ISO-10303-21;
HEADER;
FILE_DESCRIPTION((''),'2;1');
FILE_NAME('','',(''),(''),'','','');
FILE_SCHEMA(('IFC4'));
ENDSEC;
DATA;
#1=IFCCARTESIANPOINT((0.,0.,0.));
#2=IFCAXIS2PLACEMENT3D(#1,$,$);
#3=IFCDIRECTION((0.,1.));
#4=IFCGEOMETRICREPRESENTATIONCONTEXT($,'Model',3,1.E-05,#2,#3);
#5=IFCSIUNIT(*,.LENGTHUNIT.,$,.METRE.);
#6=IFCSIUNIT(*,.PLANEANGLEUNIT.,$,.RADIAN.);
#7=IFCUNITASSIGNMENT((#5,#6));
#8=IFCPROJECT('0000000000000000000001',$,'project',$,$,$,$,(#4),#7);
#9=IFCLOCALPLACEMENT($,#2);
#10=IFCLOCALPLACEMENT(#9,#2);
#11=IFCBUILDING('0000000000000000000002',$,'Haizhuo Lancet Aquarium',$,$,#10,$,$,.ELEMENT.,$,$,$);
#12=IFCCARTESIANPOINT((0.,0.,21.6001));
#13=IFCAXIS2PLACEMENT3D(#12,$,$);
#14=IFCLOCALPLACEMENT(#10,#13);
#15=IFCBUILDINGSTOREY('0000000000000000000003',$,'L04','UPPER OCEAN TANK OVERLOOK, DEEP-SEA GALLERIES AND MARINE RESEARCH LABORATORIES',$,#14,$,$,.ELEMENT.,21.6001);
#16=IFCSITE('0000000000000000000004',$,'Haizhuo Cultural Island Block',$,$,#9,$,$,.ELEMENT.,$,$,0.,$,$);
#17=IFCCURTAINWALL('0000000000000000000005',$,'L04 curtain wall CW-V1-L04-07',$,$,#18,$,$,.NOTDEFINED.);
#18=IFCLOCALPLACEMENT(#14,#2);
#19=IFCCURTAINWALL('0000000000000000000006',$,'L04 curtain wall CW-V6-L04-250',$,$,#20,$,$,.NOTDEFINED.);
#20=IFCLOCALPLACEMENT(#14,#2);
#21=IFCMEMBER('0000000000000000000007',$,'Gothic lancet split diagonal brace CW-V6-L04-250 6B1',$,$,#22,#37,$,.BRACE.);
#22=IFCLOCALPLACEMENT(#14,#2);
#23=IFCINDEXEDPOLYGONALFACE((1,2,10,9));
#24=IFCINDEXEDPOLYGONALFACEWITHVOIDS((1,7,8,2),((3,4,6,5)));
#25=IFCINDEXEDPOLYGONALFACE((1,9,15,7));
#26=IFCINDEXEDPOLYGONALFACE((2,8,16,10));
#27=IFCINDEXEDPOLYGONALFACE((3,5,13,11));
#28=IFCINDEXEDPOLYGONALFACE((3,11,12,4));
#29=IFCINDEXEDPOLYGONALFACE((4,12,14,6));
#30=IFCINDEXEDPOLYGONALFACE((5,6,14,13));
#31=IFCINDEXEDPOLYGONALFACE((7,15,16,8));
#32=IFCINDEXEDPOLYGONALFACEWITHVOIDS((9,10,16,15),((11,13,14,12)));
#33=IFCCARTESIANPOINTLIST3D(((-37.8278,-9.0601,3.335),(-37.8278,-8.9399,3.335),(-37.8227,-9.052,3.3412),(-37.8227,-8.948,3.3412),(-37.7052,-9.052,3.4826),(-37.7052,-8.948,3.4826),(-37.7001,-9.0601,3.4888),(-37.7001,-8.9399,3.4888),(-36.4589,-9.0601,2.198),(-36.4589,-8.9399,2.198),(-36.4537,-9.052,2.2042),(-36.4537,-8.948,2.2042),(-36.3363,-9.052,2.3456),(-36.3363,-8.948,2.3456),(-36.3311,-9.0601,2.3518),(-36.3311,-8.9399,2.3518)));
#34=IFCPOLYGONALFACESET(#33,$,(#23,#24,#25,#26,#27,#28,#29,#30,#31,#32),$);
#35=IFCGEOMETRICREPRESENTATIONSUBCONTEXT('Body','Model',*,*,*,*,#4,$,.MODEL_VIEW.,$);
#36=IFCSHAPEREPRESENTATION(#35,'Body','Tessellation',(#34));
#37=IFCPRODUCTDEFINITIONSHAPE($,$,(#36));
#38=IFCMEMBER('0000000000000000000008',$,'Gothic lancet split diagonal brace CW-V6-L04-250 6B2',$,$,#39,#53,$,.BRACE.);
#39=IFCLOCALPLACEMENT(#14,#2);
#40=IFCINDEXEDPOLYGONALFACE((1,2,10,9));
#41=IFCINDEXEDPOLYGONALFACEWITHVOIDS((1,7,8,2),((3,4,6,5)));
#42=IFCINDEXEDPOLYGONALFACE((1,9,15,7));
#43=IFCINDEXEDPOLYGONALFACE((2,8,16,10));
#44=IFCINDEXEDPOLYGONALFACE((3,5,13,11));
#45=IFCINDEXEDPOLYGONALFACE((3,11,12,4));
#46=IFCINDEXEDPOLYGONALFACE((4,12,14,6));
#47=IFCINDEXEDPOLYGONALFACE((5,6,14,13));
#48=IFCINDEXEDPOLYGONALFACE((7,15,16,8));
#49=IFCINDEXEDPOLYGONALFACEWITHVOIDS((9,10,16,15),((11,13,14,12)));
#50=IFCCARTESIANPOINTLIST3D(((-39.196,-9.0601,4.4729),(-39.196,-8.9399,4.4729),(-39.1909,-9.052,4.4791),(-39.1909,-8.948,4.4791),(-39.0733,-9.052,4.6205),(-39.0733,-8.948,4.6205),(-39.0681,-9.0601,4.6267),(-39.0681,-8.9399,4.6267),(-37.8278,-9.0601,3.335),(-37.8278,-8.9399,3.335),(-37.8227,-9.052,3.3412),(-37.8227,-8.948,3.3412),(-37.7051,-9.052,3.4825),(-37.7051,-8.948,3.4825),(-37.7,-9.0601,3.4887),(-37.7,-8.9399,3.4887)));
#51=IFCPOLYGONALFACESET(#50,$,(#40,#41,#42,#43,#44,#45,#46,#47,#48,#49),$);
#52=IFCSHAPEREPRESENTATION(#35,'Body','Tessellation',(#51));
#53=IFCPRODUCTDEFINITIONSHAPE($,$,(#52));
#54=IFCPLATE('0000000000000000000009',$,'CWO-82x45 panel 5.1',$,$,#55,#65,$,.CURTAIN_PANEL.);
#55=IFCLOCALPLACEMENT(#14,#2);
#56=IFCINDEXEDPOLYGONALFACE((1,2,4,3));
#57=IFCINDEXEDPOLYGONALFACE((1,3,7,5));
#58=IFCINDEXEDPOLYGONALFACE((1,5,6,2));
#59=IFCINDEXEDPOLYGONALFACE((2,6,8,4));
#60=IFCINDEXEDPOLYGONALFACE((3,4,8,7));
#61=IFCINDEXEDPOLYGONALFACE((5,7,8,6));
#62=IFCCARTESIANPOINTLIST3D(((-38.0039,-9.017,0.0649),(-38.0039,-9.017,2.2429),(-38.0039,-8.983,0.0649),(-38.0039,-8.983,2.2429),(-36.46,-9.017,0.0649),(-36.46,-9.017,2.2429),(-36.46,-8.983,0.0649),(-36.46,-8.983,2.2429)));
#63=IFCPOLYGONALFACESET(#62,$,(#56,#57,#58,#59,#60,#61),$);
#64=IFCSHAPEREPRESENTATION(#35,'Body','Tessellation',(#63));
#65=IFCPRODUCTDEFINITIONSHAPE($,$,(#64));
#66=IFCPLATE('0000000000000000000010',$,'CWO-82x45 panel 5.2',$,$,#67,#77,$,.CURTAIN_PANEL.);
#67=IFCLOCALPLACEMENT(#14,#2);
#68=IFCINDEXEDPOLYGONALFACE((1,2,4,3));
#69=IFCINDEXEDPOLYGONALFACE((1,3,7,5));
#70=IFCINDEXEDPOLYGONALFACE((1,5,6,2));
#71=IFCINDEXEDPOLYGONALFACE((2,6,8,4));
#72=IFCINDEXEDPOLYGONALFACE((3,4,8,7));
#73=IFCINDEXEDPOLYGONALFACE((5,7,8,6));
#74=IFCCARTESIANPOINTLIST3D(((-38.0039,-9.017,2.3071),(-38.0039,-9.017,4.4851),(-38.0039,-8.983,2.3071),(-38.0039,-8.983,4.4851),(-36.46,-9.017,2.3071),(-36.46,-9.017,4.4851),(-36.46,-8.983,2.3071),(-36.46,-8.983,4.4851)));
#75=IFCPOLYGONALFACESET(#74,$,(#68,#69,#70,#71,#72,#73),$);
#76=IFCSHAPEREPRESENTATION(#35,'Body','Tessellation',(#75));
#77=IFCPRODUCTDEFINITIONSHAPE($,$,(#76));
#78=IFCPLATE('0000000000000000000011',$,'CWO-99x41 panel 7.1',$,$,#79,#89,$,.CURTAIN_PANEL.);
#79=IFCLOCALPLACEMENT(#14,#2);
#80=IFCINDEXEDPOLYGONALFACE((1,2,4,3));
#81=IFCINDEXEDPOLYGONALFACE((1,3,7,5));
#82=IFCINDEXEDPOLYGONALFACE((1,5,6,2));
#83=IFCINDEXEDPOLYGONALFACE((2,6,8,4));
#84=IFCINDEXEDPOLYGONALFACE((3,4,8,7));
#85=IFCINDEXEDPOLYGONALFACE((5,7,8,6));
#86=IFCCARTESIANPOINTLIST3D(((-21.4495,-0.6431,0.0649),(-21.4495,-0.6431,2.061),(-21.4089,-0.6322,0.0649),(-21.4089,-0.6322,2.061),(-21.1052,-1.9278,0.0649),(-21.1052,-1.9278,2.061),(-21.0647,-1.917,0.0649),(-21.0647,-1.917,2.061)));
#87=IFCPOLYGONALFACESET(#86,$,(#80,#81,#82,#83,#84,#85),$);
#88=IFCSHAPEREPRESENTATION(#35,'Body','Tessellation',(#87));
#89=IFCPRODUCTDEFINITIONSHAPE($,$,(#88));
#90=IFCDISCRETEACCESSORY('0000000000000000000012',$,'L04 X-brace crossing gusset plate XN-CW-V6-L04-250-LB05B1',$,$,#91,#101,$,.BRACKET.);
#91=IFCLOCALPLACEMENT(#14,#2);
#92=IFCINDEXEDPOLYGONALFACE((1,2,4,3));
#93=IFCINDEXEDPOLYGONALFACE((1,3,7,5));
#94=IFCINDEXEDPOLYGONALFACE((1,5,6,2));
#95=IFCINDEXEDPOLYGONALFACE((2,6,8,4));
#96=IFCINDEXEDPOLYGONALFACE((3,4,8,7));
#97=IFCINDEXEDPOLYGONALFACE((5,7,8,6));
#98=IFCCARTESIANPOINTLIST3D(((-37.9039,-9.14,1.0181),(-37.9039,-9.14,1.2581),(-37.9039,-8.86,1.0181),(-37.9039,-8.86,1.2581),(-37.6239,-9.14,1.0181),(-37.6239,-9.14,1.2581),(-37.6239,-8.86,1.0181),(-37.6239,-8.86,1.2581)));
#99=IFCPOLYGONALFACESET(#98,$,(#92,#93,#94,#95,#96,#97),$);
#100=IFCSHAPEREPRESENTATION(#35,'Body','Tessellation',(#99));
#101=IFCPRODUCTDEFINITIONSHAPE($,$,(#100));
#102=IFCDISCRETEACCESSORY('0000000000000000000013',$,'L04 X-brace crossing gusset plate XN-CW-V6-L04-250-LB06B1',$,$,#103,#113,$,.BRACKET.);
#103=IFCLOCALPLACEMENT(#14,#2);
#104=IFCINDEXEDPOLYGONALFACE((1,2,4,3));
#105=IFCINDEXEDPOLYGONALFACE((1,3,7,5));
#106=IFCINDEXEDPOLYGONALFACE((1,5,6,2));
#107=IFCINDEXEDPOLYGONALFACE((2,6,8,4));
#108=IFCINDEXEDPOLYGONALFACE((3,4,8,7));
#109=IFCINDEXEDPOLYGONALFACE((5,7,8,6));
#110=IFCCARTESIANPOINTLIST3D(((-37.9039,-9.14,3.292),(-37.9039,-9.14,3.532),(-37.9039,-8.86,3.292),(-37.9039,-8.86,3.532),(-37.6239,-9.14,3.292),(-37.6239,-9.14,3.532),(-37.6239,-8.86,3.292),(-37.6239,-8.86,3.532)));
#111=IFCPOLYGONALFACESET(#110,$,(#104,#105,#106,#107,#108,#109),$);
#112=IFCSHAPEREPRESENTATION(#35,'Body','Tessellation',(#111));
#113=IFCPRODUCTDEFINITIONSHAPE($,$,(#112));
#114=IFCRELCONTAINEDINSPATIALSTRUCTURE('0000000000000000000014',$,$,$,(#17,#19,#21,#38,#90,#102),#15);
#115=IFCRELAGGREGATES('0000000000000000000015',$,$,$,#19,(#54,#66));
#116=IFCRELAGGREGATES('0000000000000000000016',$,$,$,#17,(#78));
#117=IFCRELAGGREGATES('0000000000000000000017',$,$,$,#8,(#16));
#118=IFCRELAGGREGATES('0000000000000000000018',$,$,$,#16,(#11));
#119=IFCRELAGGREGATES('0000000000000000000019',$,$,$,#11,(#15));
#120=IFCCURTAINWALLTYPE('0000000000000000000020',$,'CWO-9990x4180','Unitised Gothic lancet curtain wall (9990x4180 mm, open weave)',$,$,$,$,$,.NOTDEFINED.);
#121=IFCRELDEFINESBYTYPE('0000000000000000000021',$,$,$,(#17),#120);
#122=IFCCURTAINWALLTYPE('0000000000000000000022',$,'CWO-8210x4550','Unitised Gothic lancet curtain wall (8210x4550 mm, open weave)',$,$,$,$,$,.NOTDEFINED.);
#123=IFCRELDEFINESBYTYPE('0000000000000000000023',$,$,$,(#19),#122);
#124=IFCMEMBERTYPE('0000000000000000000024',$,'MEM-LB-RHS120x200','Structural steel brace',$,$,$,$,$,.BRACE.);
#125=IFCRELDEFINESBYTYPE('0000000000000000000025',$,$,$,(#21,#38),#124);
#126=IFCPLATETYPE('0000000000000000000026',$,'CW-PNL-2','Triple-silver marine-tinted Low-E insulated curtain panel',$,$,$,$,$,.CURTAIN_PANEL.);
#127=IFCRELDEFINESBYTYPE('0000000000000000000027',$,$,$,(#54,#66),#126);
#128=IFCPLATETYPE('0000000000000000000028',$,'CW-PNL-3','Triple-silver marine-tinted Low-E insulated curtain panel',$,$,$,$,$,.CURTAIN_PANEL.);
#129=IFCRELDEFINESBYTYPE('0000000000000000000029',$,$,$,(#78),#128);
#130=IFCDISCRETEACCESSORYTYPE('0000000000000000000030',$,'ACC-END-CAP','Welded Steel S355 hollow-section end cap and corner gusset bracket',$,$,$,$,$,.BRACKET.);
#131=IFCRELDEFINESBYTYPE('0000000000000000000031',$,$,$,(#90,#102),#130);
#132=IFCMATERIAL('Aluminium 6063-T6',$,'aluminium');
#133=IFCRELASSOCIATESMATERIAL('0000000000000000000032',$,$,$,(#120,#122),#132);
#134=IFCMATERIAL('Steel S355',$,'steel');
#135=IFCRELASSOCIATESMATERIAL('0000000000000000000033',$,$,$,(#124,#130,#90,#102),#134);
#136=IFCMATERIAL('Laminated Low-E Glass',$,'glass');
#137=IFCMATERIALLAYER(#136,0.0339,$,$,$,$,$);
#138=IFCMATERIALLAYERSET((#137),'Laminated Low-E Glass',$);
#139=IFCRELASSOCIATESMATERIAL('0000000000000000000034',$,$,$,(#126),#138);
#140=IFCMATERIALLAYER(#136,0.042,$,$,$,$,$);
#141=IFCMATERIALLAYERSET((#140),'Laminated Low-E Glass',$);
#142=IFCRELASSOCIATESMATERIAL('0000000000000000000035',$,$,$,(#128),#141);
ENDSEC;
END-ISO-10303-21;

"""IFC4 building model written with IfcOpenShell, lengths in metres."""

from ifc_helpers import new_model, si_unit, direction, frame, origin, origin_2d, place, context, subcontext, project, spatial, rectangle, hollow_rectangle, extrude, material, layer, layer_set, material_profile, profile_set, type_object, element, aggregate, save


model = new_model("IFC4")

# Units and contexts
model_context = context("Model", 3, precision=1e-05, world=origin(), true_north=direction((0.0, 1.0)))
body_context = subcontext(model_context, "Body", "Model", "MODEL_VIEW")
ifc_project = project(units=[si_unit("LENGTHUNIT", "METRE"), si_unit("PLANEANGLEUNIT", "RADIAN")], contexts=[model_context])

# Site, building, storey
site_placement = place(None, origin())
site = spatial("IfcSite", under=ifc_project, at=site_placement, Name="Haizhuo Cultural Island Block", CompositionType="ELEMENT", RefElevation=0.0)
building_placement = place(site_placement, origin())
building = spatial("IfcBuilding", under=site, at=building_placement, Name="Haizhuo Lancet Aquarium", CompositionType="ELEMENT")
storey_placement = place(building_placement, frame((0.0, 0.0, 21.6001)))
storey = spatial("IfcBuildingStorey", under=building, at=storey_placement, Name="L04", Description="UPPER OCEAN TANK OVERLOOK, DEEP-SEA GALLERIES AND MARINE RESEARCH LABORATORIES", CompositionType="ELEMENT", Elevation=21.6001)

# Curtain wall
ifc_material_1 = material(Name="Aluminium 6063-T6", Category="aluminium")
curtain_wall_type_1 = type_object("IfcCurtainWallType", Name="CWO-9990x4180", Description="Unitised Gothic lancet curtain wall (9990x4180 mm, open weave)", PredefinedType="NOTDEFINED", material=ifc_material_1)
curtain_wall_1_placement = place(storey_placement, origin())
curtain_wall_1 = element("IfcCurtainWall", 1, at=curtain_wall_1_placement, inside=storey, type_object=curtain_wall_type_1, Name="L04 curtain wall CW-V1-L04-07", PredefinedType="NOTDEFINED")

# Curtain wall
curtain_wall_type_2 = type_object("IfcCurtainWallType", Name="CWO-8210x4550", Description="Unitised Gothic lancet curtain wall (8210x4550 mm, open weave)", PredefinedType="NOTDEFINED", material=ifc_material_1)
curtain_wall_2_placement = place(storey_placement, origin())
curtain_wall_2 = element("IfcCurtainWall", 2, at=curtain_wall_2_placement, inside=storey, type_object=curtain_wall_type_2, Name="L04 curtain wall CW-V6-L04-250", PredefinedType="NOTDEFINED")

# Members
ifc_material_2 = material(Name="Steel S355", Category="steel")
ifc_material_profile_1 = material_profile(ifc_material_2, hollow_rectangle(XDim=0.1201, YDim=0.2, WallThickness=0.0081, at=origin_2d()), Name="RHS 120x200x8")
ifc_profile_set_1 = profile_set([ifc_material_profile_1], Name="Steel S355")
member_type_1 = type_object("IfcMemberType", Name="MEM-LB-RHS120x200", Description="Structural steel brace", PredefinedType="BRACE", material=ifc_profile_set_1)
for number, where, z_axis, x_axis, name in (
    (3, (-36.395, -9.0, 2.2749), (-0.769266, 0.0, 0.638929), (0.0, -1.0, 0.0), "Gothic lancet split diagonal brace CW-V6-L04-250 6B1"),
    (4, (-37.7639, -9.0, 3.4119), (-0.768828, 0.0, 0.639455), (0.0, -1.0, 0.0), "Gothic lancet split diagonal brace CW-V6-L04-250 6B2"),
):
    element("IfcMember", number, at=place(storey_placement, frame(where, z_axis=z_axis, x_axis=x_axis)), inside=storey, type_object=member_type_1, Name=name, PredefinedType="BRACE", context=body_context, shape_type="SweptSolid", body=[
        extrude(hollow_rectangle(XDim=0.1201, YDim=0.2, WallThickness=0.0081, at=origin_2d()), origin(), (0.0, 0.0, 1.0), 1.7795),
    ])

# Plates
ifc_material_3 = material(Name="Laminated Low-E Glass", Category="glass")
ifc_layer_1 = layer(ifc_material_3, 0.0339)
ifc_layer_set_1 = layer_set([ifc_layer_1], Name="Laminated Low-E Glass")
plate_type_1 = type_object("IfcPlateType", Name="CW-PNL-2", Description="Triple-silver marine-tinted Low-E insulated curtain panel", PredefinedType="CURTAIN_PANEL", material=ifc_layer_set_1)
plate_1_placement = place(storey_placement, frame((-37.2319, -9.0, 0.0649), z_axis=(0.0, 0.0, 1.0), x_axis=(1.0, 0.0, 0.0)))
plate_1 = element("IfcPlate", 5, at=plate_1_placement, type_object=plate_type_1, Name="CWO-82x45 panel 5.1", PredefinedType="CURTAIN_PANEL", context=body_context, shape_type="SweptSolid", body=[
    extrude(rectangle(XDim=1.5439, YDim=0.0339, at=origin_2d()), origin(), (0.0, 0.0, 1.0), 2.178),
])
plate_2_placement = place(storey_placement, frame((-37.2319, -9.0, 2.3071), z_axis=(0.0, 0.0, 1.0), x_axis=(1.0, 0.0, 0.0)))
plate_2 = element("IfcPlate", 6, at=plate_2_placement, type_object=plate_type_1, Name="CWO-82x45 panel 5.2", PredefinedType="CURTAIN_PANEL", context=body_context, shape_type="SweptSolid", body=[
    extrude(rectangle(XDim=1.5439, YDim=0.0339, at=origin_2d()), origin(), (0.0, 0.0, 1.0), 2.178),
])
aggregate(curtain_wall_2, [plate_1, plate_2])
ifc_layer_2 = layer(ifc_material_3, 0.042)
ifc_layer_set_2 = layer_set([ifc_layer_2], Name="Laminated Low-E Glass")
plate_type_2 = type_object("IfcPlateType", Name="CW-PNL-3", Description="Triple-silver marine-tinted Low-E insulated curtain panel", PredefinedType="CURTAIN_PANEL", material=ifc_layer_set_2)
plate_3_placement = place(storey_placement, frame((-21.2571, -1.28, 0.0649), z_axis=(0.0, 0.0, 1.0), x_axis=(-0.258853, 0.965917, 0.0)))
plate_3 = element("IfcPlate", 7, at=plate_3_placement, type_object=plate_type_2, Name="CWO-99x41 panel 7.1", PredefinedType="CURTAIN_PANEL", context=body_context, shape_type="SweptSolid", body=[
    extrude(rectangle(XDim=1.3301, YDim=0.042, at=origin_2d()), origin(), (0.0, 0.0, 1.0), 1.9961),
])
aggregate(curtain_wall_1, [plate_3])

# Discrete accessories
discrete_accessory_type = type_object("IfcDiscreteAccessoryType", Name="ACC-END-CAP", Description="Welded Steel S355 hollow-section end cap and corner gusset bracket", PredefinedType="BRACKET", material=ifc_material_2)
for number, where, z_axis, x_axis, name in (
    (8, (-37.7639, -9.0, 1.0181), (0.0, 0.0, 1.0), (1.0, 0.0, 0.0), "L04 X-brace crossing gusset plate XN-CW-V6-L04-250-LB05B1"),
    (9, (-37.7639, -9.0, 3.292), (0.0, 0.0, 1.0), (1.0, 0.0, 0.0), "L04 X-brace crossing gusset plate XN-CW-V6-L04-250-LB06B1"),
):
    element("IfcDiscreteAccessory", number, at=place(storey_placement, frame(where, z_axis=z_axis, x_axis=x_axis)), inside=storey, type_object=discrete_accessory_type, material=ifc_material_2, Name=name, PredefinedType="BRACKET", context=body_context, shape_type="SweptSolid", body=[
        extrude(rectangle(XDim=0.28, YDim=0.28, at=origin_2d()), origin(), (0.0, 0.0, 1.0), 0.24),
    ])

save(model, "model.ifc")
